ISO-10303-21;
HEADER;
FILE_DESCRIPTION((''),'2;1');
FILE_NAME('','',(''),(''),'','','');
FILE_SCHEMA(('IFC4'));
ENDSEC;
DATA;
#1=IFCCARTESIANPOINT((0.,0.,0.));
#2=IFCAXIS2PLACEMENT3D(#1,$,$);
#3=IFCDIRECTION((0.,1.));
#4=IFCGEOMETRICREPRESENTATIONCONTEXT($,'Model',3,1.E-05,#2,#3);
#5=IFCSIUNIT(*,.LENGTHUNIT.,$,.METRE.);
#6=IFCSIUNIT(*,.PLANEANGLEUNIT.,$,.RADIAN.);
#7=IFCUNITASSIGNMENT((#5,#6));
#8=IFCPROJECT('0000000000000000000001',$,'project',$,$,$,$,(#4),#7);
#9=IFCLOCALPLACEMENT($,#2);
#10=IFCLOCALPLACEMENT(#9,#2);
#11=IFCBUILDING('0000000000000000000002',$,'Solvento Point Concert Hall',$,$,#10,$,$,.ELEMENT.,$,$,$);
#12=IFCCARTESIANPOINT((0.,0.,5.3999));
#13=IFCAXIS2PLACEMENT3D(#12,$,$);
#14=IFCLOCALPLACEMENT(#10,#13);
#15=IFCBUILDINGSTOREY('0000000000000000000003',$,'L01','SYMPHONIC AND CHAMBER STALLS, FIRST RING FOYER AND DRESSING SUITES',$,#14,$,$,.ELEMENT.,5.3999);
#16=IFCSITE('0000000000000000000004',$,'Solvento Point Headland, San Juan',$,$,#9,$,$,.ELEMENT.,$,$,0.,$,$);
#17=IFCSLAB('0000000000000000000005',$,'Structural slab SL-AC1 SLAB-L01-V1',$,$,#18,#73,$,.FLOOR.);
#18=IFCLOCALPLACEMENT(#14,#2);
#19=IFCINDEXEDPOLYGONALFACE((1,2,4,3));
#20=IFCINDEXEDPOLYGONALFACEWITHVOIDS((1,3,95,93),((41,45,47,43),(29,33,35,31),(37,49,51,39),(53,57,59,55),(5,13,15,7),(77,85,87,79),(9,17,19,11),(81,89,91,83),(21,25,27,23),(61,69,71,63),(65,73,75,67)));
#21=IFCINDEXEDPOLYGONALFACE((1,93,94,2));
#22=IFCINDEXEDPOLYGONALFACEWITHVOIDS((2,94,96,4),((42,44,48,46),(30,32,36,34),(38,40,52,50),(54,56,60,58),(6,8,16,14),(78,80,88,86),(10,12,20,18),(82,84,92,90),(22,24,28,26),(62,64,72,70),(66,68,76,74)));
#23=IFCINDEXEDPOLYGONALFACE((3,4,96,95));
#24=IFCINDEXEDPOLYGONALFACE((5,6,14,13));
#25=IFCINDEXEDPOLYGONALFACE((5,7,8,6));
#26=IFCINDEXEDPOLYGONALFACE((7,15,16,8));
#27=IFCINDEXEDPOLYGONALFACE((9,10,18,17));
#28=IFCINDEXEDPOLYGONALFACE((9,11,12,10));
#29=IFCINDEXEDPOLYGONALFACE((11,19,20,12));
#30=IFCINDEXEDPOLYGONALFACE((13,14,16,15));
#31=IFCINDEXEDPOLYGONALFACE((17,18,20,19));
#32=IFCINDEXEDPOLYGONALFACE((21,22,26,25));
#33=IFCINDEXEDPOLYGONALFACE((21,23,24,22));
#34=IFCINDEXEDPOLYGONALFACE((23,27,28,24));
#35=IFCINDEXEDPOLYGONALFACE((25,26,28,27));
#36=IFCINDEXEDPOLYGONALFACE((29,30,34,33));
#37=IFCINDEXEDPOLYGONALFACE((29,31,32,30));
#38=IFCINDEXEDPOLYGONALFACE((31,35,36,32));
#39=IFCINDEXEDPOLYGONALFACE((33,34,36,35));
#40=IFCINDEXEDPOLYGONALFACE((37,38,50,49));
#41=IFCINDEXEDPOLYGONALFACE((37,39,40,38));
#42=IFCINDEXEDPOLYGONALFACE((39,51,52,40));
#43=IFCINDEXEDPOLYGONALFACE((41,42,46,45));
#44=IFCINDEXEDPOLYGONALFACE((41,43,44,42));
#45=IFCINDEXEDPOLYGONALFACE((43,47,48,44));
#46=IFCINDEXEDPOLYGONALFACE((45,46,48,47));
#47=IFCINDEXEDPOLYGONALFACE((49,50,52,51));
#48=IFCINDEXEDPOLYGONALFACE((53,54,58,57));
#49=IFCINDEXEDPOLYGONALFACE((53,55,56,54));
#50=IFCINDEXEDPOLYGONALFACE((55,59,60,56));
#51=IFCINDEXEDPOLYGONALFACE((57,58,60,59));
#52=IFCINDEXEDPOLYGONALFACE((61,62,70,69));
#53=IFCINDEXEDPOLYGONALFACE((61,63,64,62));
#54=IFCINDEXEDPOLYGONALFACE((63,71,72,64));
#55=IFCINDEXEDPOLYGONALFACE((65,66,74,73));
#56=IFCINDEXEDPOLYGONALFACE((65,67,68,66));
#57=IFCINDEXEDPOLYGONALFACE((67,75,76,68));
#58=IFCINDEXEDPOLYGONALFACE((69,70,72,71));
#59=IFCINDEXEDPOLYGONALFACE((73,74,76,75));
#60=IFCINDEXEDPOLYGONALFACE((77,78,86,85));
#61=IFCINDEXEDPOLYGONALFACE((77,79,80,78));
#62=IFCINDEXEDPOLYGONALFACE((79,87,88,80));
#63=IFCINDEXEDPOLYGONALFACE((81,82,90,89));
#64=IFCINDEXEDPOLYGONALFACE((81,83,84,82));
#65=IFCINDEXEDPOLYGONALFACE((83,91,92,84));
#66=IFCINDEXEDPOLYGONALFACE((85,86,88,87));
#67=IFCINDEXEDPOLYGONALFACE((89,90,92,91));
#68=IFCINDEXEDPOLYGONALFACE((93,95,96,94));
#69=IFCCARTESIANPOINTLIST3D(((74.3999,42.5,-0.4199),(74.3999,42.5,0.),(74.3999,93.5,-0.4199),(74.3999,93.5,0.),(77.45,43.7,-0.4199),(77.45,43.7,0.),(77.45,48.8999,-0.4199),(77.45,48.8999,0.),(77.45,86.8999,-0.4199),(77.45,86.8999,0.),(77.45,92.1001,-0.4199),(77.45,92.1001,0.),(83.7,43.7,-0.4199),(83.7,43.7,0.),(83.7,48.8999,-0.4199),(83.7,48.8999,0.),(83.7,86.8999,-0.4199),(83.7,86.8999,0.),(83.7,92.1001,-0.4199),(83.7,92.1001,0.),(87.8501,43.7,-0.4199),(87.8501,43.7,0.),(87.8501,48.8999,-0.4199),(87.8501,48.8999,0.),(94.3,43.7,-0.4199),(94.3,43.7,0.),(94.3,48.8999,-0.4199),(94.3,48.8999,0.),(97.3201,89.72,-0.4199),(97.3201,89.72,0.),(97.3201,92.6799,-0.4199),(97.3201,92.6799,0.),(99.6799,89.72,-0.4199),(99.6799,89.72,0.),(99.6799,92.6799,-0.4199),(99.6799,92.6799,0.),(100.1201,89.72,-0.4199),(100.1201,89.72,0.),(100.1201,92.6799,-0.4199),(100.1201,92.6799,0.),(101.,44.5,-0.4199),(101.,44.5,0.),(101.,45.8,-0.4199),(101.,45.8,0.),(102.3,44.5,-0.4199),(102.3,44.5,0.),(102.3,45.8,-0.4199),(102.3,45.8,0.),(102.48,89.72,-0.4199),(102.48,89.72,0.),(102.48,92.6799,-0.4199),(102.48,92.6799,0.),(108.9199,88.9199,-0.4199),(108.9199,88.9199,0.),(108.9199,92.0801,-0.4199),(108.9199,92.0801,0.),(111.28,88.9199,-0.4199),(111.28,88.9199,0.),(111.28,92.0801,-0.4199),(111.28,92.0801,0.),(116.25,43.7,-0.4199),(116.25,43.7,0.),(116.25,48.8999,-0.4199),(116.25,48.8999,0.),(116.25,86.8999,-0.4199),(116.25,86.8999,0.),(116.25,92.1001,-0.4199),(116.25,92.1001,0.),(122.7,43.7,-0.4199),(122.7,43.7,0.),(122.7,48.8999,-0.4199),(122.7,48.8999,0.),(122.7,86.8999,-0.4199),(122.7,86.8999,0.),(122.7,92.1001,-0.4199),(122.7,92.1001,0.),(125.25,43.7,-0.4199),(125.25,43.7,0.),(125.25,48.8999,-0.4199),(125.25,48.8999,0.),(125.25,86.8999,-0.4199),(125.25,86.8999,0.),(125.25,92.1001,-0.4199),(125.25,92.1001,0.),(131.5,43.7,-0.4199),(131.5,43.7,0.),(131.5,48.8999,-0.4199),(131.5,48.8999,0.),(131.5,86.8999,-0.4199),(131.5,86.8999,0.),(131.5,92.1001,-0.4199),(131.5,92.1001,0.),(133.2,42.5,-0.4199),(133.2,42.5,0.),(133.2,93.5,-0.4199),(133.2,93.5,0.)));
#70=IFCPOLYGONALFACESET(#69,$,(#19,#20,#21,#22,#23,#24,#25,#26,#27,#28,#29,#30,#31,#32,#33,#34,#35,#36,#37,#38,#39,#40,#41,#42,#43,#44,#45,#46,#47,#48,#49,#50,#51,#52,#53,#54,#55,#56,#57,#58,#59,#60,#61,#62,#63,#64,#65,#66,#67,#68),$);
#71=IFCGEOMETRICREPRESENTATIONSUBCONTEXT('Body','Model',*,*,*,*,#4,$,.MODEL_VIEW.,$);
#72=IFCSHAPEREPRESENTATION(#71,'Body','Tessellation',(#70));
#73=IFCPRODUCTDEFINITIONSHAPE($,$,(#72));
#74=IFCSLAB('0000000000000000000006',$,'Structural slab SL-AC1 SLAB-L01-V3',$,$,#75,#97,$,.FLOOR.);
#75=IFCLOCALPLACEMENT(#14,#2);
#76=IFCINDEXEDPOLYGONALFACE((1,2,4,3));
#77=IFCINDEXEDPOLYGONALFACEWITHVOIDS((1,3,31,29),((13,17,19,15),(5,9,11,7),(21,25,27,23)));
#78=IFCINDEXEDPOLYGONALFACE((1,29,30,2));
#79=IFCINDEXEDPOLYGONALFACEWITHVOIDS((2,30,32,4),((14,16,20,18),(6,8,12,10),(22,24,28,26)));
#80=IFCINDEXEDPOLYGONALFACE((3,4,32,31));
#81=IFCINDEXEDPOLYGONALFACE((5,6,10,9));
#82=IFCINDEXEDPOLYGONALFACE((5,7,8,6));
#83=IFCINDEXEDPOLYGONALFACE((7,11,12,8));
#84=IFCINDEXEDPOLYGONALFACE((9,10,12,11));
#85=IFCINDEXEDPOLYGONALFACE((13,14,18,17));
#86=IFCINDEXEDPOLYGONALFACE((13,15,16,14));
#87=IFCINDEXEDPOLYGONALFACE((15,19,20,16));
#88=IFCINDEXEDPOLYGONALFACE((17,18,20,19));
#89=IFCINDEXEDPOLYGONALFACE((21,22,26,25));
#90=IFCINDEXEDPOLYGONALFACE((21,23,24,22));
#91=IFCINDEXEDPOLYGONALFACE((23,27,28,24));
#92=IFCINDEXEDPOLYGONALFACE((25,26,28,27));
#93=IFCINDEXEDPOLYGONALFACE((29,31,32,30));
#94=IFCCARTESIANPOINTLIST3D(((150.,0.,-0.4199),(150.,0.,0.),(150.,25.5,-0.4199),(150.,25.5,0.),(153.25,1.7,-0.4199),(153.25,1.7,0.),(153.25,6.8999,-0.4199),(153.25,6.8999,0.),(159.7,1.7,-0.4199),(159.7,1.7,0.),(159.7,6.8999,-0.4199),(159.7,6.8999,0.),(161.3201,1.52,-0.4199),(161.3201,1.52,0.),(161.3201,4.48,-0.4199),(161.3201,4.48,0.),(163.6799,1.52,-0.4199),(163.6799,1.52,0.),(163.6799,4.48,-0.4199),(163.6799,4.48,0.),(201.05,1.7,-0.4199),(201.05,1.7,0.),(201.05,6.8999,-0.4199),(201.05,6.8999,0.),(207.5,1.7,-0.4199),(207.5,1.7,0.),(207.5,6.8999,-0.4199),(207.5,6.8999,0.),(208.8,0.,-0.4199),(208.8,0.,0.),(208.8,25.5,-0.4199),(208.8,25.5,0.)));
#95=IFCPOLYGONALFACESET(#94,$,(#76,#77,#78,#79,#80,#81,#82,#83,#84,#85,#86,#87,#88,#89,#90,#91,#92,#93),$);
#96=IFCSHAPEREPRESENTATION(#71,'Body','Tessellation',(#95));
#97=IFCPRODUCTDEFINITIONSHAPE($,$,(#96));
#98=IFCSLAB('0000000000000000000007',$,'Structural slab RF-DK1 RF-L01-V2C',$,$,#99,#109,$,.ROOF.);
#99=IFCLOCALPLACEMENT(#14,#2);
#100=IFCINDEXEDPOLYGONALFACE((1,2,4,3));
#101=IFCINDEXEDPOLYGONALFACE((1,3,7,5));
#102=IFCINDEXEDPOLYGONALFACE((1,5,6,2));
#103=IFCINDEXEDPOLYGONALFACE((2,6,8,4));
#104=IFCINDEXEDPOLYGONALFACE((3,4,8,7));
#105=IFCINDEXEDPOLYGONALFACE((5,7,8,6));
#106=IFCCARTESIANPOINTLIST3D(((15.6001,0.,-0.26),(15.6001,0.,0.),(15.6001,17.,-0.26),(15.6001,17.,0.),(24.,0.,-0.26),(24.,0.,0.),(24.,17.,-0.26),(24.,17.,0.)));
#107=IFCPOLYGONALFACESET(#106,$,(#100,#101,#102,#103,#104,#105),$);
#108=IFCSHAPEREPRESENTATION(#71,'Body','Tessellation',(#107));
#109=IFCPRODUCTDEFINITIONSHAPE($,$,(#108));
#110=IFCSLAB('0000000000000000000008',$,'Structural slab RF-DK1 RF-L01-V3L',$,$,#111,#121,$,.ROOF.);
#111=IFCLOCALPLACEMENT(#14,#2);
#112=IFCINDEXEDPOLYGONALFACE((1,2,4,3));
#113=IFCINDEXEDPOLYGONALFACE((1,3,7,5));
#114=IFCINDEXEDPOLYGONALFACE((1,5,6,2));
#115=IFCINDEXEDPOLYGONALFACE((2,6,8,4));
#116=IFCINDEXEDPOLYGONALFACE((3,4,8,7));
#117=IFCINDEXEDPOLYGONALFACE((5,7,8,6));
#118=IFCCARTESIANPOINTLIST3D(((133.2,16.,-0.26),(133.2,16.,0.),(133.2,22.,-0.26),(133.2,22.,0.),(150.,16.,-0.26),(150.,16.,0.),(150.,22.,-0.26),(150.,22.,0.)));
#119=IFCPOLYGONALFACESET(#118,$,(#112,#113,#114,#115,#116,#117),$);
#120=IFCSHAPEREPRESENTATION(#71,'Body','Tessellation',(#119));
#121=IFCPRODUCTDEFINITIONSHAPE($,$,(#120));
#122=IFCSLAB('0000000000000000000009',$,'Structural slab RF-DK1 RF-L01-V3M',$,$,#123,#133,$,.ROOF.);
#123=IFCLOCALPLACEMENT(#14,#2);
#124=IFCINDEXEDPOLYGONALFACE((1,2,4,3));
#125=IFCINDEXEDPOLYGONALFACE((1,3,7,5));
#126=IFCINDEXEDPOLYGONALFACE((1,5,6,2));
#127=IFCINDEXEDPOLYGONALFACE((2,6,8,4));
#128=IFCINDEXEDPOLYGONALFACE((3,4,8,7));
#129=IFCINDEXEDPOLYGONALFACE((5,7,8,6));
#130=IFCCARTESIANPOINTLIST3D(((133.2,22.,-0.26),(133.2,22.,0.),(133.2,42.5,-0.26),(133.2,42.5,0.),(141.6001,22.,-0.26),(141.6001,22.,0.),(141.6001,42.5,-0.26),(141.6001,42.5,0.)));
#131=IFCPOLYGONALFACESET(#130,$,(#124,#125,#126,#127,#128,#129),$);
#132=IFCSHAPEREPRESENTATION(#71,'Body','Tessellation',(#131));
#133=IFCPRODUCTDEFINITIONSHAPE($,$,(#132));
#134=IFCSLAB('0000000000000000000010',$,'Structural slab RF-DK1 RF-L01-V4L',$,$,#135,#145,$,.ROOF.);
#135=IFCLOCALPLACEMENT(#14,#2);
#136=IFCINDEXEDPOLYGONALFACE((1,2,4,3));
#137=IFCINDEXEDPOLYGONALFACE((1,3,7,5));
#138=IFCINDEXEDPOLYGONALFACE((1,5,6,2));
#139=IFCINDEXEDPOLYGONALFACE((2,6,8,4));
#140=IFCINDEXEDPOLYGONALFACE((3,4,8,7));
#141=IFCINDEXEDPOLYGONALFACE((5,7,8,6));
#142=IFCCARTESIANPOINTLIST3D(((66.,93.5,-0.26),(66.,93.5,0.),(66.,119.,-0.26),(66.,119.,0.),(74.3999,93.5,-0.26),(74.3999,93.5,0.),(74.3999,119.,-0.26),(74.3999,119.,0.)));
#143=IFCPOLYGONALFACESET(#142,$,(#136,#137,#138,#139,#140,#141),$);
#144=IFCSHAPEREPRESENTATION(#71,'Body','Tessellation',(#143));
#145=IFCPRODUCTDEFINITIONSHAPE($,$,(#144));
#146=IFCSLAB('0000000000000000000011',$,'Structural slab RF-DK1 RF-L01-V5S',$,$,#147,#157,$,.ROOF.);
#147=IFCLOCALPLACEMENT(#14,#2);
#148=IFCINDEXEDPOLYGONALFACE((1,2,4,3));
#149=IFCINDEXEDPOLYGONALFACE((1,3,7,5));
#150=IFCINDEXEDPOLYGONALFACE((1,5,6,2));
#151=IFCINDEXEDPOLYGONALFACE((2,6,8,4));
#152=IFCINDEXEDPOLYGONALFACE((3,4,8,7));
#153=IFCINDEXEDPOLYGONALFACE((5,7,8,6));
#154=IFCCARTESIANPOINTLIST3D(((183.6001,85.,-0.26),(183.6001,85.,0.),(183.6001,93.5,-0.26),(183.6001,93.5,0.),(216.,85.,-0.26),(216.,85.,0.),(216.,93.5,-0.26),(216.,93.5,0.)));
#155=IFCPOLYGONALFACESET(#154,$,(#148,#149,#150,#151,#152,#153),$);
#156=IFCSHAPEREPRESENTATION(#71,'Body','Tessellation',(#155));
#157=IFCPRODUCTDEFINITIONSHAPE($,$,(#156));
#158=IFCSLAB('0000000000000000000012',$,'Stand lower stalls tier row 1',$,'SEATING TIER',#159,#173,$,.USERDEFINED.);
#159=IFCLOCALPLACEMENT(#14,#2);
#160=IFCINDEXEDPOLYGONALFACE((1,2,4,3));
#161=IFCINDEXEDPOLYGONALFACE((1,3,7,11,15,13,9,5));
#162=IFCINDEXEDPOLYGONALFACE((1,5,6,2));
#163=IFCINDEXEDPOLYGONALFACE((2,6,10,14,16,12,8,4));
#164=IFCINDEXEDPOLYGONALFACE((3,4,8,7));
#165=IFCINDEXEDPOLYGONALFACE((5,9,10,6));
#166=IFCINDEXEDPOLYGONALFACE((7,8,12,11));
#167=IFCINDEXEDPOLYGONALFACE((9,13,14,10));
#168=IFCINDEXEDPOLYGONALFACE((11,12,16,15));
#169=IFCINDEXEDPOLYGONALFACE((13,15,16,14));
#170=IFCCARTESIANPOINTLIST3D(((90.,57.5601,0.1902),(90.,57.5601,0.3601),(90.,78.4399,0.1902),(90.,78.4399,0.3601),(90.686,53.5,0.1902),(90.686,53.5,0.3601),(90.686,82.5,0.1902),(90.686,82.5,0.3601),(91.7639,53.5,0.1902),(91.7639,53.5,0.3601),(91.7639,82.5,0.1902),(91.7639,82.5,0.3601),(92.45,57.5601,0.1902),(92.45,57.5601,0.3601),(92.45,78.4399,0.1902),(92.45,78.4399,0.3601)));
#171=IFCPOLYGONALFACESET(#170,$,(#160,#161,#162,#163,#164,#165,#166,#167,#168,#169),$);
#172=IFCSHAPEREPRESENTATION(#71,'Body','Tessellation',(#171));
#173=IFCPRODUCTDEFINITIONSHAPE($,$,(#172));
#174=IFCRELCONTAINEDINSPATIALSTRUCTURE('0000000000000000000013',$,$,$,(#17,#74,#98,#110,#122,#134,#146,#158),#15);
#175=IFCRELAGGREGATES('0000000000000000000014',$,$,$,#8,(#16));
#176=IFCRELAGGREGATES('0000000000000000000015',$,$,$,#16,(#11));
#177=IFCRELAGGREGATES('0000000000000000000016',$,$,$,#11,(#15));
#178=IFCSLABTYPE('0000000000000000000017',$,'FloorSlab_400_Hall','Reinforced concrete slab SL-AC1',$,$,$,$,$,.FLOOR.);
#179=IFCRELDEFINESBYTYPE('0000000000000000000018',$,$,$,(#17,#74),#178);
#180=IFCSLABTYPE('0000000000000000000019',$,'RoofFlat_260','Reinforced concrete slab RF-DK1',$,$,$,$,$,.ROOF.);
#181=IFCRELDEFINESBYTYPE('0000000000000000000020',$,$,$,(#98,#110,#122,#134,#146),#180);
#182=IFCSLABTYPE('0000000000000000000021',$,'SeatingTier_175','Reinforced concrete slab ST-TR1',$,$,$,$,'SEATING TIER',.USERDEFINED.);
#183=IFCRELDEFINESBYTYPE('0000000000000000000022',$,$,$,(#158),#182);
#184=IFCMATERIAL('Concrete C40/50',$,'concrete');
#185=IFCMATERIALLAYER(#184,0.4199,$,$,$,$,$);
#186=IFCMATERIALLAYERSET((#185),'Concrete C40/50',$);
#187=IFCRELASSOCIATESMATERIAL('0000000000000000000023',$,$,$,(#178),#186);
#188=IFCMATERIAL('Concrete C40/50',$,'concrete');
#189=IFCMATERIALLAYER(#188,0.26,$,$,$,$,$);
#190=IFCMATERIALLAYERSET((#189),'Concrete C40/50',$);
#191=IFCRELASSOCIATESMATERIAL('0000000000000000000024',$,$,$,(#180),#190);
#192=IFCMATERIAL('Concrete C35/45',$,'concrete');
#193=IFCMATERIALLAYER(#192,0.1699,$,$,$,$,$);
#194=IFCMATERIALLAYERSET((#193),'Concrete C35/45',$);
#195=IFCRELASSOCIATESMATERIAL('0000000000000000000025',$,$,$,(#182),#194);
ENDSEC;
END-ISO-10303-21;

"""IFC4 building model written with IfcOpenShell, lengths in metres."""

from ifc_helpers import new_model, si_unit, direction, frame, origin, place, context, subcontext, project, spatial, polyline, outline, extrude, material, layer, layer_set, type_object, element, save


model = new_model("IFC4")

# Units and contexts
model_context = context("Model", 3, precision=1e-05, world=origin(), true_north=direction((0.0, 1.0)))
body_context = subcontext(model_context, "Body", "Model", "MODEL_VIEW")
ifc_project = project(units=[si_unit("LENGTHUNIT", "METRE"), si_unit("PLANEANGLEUNIT", "RADIAN")], contexts=[model_context])

# Site, building, storey
site_placement = place(None, origin())
site = spatial("IfcSite", under=ifc_project, at=site_placement, Name="Solvento Point Headland, San Juan", CompositionType="ELEMENT", RefElevation=0.0)
building_placement = place(site_placement, origin())
building = spatial("IfcBuilding", under=site, at=building_placement, Name="Solvento Point Concert Hall", CompositionType="ELEMENT")
storey_placement = place(building_placement, frame((0.0, 0.0, 5.3999)))
storey = spatial("IfcBuildingStorey", under=building, at=storey_placement, Name="L01", Description="SYMPHONIC AND CHAMBER STALLS, FIRST RING FOYER AND DRESSING SUITES", CompositionType="ELEMENT", Elevation=5.3999)

# Slabs
ifc_material_1 = material(Name="Concrete C40/50", Category="concrete")
ifc_layer_1 = layer(ifc_material_1, 0.4199)
ifc_layer_set_1 = layer_set([ifc_layer_1], Name="Concrete C40/50")
slab_type_1 = type_object("IfcSlabType", Name="FloorSlab_400_Hall", Description="Reinforced concrete slab SL-AC1", PredefinedType="FLOOR", material=ifc_layer_set_1)
slab_1_placement = place(storey_placement, frame((0.0, 0.0, -0.4199)))
element("IfcSlab", 1, at=slab_1_placement, inside=storey, type_object=slab_type_1, Name="Structural slab SL-AC1 SLAB-L01-V1", PredefinedType="FLOOR", context=body_context, shape_type="SweptSolid", body=[
    extrude(outline(polyline([(74.3999, 93.5), (133.2, 93.5), (133.2, 42.5), (74.3999, 42.5), (74.3999, 93.5)]), holes=[polyline([(125.25, 48.8999), (125.25, 43.7), (131.5, 43.7), (131.5, 48.8999), (125.25, 48.8999)]), polyline([(131.5, 86.8999), (131.5, 92.1001), (125.25, 92.1001), (125.25, 86.8999), (131.5, 86.8999)]), polyline([(122.7, 48.8999), (116.25, 48.8999), (116.25, 43.7), (122.7, 43.7), (122.7, 48.8999)]), polyline([(122.7, 86.8999), (122.7, 92.1001), (116.25, 92.1001), (116.25, 86.8999), (122.7, 86.8999)]), polyline([(111.28, 92.0801), (108.9199, 92.0801), (108.9199, 88.9199), (111.28, 88.9199), (111.28, 92.0801)]), polyline([(102.48, 89.72), (102.48, 92.6799), (100.1201, 92.6799), (100.1201, 89.72), (102.48, 89.72)]), polyline([(102.3, 45.8), (101.0, 45.8), (101.0, 44.5), (102.3, 44.5), (102.3, 45.8)]), polyline([(99.6799, 89.72), (99.6799, 92.6799), (97.3201, 92.6799), (97.3201, 89.72), (99.6799, 89.72)]), polyline([(94.3, 43.7), (94.3, 48.8999), (87.8501, 48.8999), (87.8501, 43.7), (94.3, 43.7)]), polyline([(83.7, 43.7), (83.7, 48.8999), (77.45, 48.8999), (77.45, 43.7), (83.7, 43.7)]), polyline([(83.7, 86.8999), (83.7, 92.1001), (77.45, 92.1001), (77.45, 86.8999), (83.7, 86.8999)])]), origin(), (0.0, 0.0, 1.0), 0.4199),
])
slab_2_placement = place(storey_placement, frame((0.0, 0.0, -0.4199)))
element("IfcSlab", 2, at=slab_2_placement, inside=storey, type_object=slab_type_1, Name="Structural slab SL-AC1 SLAB-L01-V3", PredefinedType="FLOOR", context=body_context, shape_type="SweptSolid", body=[
    extrude(outline(polyline([(150.0, 25.5), (208.8, 25.5), (208.8, 0.0), (150.0, 0.0), (150.0, 25.5)]), holes=[polyline([(207.5, 6.8999), (201.05, 6.8999), (201.05, 1.7), (207.5, 1.7), (207.5, 6.8999)]), polyline([(163.6799, 1.52), (163.6799, 4.48), (161.3201, 4.48), (161.3201, 1.52), (163.6799, 1.52)]), polyline([(159.7, 1.7), (159.7, 6.8999), (153.25, 6.8999), (153.25, 1.7), (159.7, 1.7)])]), origin(), (0.0, 0.0, 1.0), 0.4199),
])
ifc_material_2 = material(Name="Concrete C40/50", Category="concrete")
ifc_layer_2 = layer(ifc_material_2, 0.26)
ifc_layer_set_2 = layer_set([ifc_layer_2], Name="Concrete C40/50")
slab_type_2 = type_object("IfcSlabType", Name="RoofFlat_260", Description="Reinforced concrete slab RF-DK1", PredefinedType="ROOF", material=ifc_layer_set_2)
slab_3_placement = place(storey_placement, frame((0.0, 0.0, -0.26)))
element("IfcSlab", 3, at=slab_3_placement, inside=storey, type_object=slab_type_2, Name="Structural slab RF-DK1 RF-L01-V2C", PredefinedType="ROOF", context=body_context, shape_type="SweptSolid", body=[
    extrude(outline(polyline([(15.6001, 0.0), (15.6001, 17.0), (24.0, 17.0), (24.0, 0.0), (15.6001, 0.0)])), origin(), (0.0, 0.0, 1.0), 0.26),
])
slab_4_placement = place(storey_placement, frame((0.0, 0.0, -0.26)))
element("IfcSlab", 4, at=slab_4_placement, inside=storey, type_object=slab_type_2, Name="Structural slab RF-DK1 RF-L01-V3L", PredefinedType="ROOF", context=body_context, shape_type="SweptSolid", body=[
    extrude(outline(polyline([(133.2, 16.0), (133.2, 22.0), (150.0, 22.0), (150.0, 16.0), (133.2, 16.0)])), origin(), (0.0, 0.0, 1.0), 0.26),
])
slab_5_placement = place(storey_placement, frame((0.0, 0.0, -0.26)))
element("IfcSlab", 5, at=slab_5_placement, inside=storey, type_object=slab_type_2, Name="Structural slab RF-DK1 RF-L01-V3M", PredefinedType="ROOF", context=body_context, shape_type="SweptSolid", body=[
    extrude(outline(polyline([(133.2, 22.0), (133.2, 42.5), (141.6001, 42.5), (141.6001, 22.0), (133.2, 22.0)])), origin(), (0.0, 0.0, 1.0), 0.26),
])
slab_6_placement = place(storey_placement, frame((0.0, 0.0, -0.26)))
element("IfcSlab", 6, at=slab_6_placement, inside=storey, type_object=slab_type_2, Name="Structural slab RF-DK1 RF-L01-V4L", PredefinedType="ROOF", context=body_context, shape_type="SweptSolid", body=[
    extrude(outline(polyline([(66.0, 93.5), (66.0, 119.0), (74.3999, 119.0), (74.3999, 93.5), (66.0, 93.5)])), origin(), (0.0, 0.0, 1.0), 0.26),
])
slab_7_placement = place(storey_placement, frame((0.0, 0.0, -0.26)))
element("IfcSlab", 7, at=slab_7_placement, inside=storey, type_object=slab_type_2, Name="Structural slab RF-DK1 RF-L01-V5S", PredefinedType="ROOF", context=body_context, shape_type="SweptSolid", body=[
    extrude(outline(polyline([(183.6001, 85.0), (183.6001, 93.5), (216.0, 93.5), (216.0, 85.0), (183.6001, 85.0)])), origin(), (0.0, 0.0, 1.0), 0.26),
])
ifc_material_3 = material(Name="Concrete C35/45", Category="concrete")
ifc_layer_3 = layer(ifc_material_3, 0.1699)
ifc_layer_set_3 = layer_set([ifc_layer_3], Name="Concrete C35/45")
slab_type_3 = type_object("IfcSlabType", Name="SeatingTier_175", Description="Reinforced concrete slab ST-TR1", ElementType="SEATING TIER", PredefinedType="USERDEFINED", material=ifc_layer_set_3)
slab_8_placement = place(storey_placement, frame((0.0, 0.0, 0.1902)))
element("IfcSlab", 8, at=slab_8_placement, inside=storey, type_object=slab_type_3, Name="Stand lower stalls tier row 1", ObjectType="SEATING TIER", PredefinedType="USERDEFINED", context=body_context, shape_type="SweptSolid", body=[
    extrude(outline(polyline([(90.686, 53.5), (91.7639, 53.5), (92.45, 57.5601), (92.45, 78.4399), (91.7639, 82.5), (90.686, 82.5), (90.0, 78.4399), (90.0, 57.5601), (90.686, 53.5)])), origin(), (0.0, 0.0, 1.0), 0.1699),
])

save(model, "model.ifc")
